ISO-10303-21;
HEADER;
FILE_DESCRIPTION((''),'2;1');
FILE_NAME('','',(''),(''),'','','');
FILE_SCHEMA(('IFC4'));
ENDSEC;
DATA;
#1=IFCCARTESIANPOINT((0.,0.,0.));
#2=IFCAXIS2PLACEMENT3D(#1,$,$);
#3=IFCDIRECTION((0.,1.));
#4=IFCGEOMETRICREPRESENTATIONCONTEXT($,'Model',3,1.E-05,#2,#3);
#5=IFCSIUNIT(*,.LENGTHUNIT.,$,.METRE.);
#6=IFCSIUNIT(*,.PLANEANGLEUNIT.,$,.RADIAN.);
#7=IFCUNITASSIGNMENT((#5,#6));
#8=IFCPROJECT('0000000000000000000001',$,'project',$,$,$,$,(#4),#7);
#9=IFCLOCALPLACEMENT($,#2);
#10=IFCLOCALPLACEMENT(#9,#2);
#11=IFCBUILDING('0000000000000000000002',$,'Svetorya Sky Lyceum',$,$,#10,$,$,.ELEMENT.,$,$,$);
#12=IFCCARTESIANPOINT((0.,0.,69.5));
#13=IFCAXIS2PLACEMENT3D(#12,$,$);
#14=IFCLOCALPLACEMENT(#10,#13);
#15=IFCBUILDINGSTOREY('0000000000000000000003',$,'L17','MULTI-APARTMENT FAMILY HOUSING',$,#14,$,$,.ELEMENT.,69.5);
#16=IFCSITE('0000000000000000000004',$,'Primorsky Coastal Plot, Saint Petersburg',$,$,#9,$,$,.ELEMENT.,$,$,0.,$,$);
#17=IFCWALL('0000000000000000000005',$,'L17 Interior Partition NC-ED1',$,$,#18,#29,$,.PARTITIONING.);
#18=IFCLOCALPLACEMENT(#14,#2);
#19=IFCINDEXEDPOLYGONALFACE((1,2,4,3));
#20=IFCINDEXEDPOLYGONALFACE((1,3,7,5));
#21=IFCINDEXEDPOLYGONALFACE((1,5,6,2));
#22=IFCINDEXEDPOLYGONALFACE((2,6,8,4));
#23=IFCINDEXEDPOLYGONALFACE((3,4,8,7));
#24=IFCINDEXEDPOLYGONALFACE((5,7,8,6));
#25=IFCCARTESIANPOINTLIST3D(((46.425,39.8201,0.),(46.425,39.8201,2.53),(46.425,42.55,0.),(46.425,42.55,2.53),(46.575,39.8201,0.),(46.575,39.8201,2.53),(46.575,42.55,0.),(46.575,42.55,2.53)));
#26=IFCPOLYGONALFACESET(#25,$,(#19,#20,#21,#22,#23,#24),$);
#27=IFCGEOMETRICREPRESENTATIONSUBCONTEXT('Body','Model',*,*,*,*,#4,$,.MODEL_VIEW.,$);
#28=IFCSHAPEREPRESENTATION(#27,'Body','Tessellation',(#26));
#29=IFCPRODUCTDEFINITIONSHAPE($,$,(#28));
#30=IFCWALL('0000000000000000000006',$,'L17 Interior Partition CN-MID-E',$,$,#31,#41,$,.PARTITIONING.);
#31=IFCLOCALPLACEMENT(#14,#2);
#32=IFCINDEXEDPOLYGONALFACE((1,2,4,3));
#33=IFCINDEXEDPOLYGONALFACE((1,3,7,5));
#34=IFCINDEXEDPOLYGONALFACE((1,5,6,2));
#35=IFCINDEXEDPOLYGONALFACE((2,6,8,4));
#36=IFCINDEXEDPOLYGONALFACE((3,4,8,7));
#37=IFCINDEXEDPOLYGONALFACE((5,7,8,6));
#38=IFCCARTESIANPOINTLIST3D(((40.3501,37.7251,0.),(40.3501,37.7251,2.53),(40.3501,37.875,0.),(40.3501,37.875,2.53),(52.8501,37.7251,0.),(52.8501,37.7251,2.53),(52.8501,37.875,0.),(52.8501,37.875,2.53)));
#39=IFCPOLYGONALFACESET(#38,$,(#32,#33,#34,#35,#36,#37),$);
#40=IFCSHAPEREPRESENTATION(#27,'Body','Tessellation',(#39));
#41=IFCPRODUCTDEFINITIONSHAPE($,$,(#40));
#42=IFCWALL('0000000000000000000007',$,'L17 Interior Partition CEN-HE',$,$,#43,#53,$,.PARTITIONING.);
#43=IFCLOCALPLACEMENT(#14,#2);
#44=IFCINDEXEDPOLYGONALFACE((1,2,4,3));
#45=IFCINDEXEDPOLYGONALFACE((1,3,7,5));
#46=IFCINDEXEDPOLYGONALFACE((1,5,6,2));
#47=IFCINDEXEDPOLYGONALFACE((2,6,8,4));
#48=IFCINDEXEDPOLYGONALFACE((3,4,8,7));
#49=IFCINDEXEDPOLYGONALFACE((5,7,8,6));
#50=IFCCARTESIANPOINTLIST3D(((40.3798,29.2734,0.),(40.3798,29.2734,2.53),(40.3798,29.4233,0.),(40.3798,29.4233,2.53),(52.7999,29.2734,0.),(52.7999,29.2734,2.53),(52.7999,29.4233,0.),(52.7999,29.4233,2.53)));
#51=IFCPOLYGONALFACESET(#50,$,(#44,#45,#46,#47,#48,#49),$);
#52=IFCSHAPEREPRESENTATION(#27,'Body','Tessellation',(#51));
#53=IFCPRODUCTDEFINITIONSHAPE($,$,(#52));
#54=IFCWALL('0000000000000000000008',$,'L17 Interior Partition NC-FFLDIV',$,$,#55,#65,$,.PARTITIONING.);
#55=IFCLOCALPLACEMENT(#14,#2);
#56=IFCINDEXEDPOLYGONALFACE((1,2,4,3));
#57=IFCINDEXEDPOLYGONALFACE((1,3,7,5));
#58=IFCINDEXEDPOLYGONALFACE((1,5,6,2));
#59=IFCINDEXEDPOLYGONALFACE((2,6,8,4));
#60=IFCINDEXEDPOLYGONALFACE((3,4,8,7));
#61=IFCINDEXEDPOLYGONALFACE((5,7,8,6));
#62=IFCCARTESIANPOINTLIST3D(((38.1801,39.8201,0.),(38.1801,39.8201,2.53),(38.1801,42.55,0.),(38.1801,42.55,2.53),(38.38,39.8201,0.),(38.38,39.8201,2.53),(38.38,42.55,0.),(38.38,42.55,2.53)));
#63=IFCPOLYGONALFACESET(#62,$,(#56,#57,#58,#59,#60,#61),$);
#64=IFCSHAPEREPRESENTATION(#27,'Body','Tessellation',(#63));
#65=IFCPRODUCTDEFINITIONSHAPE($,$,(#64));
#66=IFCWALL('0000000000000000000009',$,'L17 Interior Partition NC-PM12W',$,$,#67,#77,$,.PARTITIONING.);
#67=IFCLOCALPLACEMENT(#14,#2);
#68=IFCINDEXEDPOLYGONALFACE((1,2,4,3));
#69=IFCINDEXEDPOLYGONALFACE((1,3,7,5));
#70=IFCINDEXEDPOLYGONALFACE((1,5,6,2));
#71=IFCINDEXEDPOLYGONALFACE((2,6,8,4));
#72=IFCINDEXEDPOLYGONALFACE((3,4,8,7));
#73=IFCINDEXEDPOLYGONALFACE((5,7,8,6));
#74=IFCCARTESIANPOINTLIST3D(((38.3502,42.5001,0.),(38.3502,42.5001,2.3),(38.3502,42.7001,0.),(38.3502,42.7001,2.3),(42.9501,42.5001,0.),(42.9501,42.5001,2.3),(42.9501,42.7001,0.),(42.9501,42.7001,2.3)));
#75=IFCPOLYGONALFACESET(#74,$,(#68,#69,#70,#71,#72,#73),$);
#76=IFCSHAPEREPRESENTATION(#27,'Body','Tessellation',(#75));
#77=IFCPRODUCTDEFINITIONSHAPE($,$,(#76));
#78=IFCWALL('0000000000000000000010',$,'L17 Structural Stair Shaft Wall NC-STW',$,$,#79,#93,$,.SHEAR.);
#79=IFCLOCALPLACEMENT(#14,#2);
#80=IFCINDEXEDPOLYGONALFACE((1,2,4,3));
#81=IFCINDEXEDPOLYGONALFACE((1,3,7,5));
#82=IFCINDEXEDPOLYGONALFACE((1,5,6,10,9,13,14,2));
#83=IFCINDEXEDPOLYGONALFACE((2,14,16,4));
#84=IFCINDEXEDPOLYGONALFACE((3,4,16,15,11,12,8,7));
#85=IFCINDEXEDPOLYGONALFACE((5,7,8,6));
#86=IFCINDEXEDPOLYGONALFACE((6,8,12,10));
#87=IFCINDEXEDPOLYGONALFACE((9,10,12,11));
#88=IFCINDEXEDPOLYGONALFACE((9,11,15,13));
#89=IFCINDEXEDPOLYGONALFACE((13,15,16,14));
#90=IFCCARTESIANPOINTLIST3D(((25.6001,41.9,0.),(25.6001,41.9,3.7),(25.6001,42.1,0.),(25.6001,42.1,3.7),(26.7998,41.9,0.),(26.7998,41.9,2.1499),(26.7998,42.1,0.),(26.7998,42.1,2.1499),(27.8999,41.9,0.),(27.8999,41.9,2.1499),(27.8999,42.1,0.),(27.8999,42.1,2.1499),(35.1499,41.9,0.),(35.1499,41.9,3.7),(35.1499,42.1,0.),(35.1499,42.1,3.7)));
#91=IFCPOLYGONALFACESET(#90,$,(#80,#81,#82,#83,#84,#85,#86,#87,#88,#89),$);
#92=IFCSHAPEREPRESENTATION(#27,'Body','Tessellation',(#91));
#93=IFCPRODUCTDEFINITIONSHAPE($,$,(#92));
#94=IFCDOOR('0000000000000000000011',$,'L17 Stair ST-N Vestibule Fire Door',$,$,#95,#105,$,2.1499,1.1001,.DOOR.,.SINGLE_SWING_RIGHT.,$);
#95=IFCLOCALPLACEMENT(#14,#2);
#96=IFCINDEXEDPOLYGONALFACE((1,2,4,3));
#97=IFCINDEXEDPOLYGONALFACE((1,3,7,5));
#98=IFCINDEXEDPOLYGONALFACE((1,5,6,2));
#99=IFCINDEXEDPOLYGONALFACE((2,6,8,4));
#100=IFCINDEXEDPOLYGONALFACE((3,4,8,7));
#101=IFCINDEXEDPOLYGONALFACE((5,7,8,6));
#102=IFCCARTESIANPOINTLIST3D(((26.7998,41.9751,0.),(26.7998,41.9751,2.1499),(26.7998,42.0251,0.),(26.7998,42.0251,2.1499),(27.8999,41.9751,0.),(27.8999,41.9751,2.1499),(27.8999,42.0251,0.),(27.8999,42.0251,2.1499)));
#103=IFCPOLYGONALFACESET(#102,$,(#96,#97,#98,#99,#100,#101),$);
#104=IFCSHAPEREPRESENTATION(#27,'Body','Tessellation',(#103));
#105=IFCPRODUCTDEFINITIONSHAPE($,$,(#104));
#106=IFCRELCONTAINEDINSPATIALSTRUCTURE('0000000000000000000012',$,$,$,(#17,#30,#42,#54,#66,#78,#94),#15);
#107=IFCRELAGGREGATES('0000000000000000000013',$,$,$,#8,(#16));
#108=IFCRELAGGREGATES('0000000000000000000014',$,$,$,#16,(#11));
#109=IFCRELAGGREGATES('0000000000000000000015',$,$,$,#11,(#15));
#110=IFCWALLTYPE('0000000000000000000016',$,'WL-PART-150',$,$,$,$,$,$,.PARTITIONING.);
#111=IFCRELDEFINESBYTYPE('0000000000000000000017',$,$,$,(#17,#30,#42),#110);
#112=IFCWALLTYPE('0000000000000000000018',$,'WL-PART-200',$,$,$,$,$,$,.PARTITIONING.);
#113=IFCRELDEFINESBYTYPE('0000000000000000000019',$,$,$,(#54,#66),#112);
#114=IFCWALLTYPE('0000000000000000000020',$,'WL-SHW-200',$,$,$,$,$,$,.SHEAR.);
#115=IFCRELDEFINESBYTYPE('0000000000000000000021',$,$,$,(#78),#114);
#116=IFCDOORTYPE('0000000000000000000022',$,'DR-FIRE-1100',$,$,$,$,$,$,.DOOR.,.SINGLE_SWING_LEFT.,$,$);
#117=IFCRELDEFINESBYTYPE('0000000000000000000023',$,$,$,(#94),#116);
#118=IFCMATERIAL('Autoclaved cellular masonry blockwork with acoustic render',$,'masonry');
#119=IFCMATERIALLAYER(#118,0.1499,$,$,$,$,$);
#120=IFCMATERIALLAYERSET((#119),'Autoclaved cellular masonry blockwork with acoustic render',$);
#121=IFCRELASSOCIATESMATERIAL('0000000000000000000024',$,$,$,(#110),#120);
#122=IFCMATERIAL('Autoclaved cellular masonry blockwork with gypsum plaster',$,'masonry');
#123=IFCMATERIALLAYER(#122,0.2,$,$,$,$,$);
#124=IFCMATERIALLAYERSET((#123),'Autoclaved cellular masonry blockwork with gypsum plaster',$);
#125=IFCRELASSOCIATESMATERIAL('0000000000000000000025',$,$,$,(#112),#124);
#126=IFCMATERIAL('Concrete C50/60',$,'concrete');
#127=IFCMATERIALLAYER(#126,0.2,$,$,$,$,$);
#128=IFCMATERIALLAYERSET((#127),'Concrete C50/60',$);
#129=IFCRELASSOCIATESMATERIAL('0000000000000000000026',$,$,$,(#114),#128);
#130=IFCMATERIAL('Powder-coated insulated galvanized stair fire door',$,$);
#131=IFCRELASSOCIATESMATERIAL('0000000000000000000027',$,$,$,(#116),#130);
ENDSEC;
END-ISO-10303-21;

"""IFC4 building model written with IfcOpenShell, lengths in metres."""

from ifc_helpers import new_model, si_unit, direction, frame, frame_2d, origin, place, context, subcontext, project, spatial, rectangle, extrude, material, layer, layer_set, type_object, element, fill, save


model = new_model("IFC4")

# Units and contexts
model_context = context("Model", 3, precision=1e-05, world=origin(), true_north=direction((0.0, 1.0)))
body_context = subcontext(model_context, "Body", "Model", "MODEL_VIEW")
ifc_project = project(units=[si_unit("LENGTHUNIT", "METRE"), si_unit("PLANEANGLEUNIT", "RADIAN")], contexts=[model_context])

# Site, building, storey
site_placement = place(None, origin())
site = spatial("IfcSite", under=ifc_project, at=site_placement, Name="Primorsky Coastal Plot, Saint Petersburg", CompositionType="ELEMENT", RefElevation=0.0)
building_placement = place(site_placement, origin())
building = spatial("IfcBuilding", under=site, at=building_placement, Name="Svetorya Sky Lyceum", CompositionType="ELEMENT")
storey_placement = place(building_placement, frame((0.0, 0.0, 69.5)))
storey = spatial("IfcBuildingStorey", under=building, at=storey_placement, Name="L17", Description="MULTI-APARTMENT FAMILY HOUSING", CompositionType="ELEMENT", Elevation=69.5)

# Shared definitions
ifc_material_1 = material(Name="Concrete C50/60", Category="concrete")

# Walls
ifc_material_2 = material(Name="Autoclaved cellular masonry blockwork with acoustic render", Category="masonry")
ifc_layer_1 = layer(ifc_material_2, 0.1499)
ifc_layer_set_1 = layer_set([ifc_layer_1], Name="Autoclaved cellular masonry blockwork with acoustic render")
wall_type_1 = type_object("IfcWallType", Name="WL-PART-150", PredefinedType="PARTITIONING", material=ifc_layer_set_1)
wall_1_placement = place(storey_placement, frame((46.5, 39.8201, 0.0), z_axis=(0.0, 0.0, 1.0), x_axis=(0.0, 1.0, 0.0)))
element("IfcWall", 1, at=wall_1_placement, inside=storey, type_object=wall_type_1, Name="L17 Interior Partition NC-ED1", PredefinedType="PARTITIONING", context=body_context, shape_type="SweptSolid", body=[
    extrude(rectangle(XDim=2.73, YDim=0.1499, at=frame_2d((1.365, 0.0))), origin(), (0.0, 0.0, 1.0), 2.53),
])
wall_2_placement = place(storey_placement, frame((40.3501, 37.8, 0.0), z_axis=(0.0, 0.0, 1.0), x_axis=(1.0, 0.0, 0.0)))
element("IfcWall", 2, at=wall_2_placement, inside=storey, type_object=wall_type_1, Name="L17 Interior Partition CN-MID-E", PredefinedType="PARTITIONING", context=body_context, shape_type="SweptSolid", body=[
    extrude(rectangle(XDim=12.5, YDim=0.1499, at=frame_2d((6.25, 0.0))), origin(), (0.0, 0.0, 1.0), 2.53),
])
wall_3_placement = place(storey_placement, frame((40.3799, 29.3484, 0.0), z_axis=(0.0, 0.0, 1.0), x_axis=(1.0, 0.0, 0.0)))
element("IfcWall", 3, at=wall_3_placement, inside=storey, type_object=wall_type_1, Name="L17 Interior Partition CEN-HE", PredefinedType="PARTITIONING", context=body_context, shape_type="SweptSolid", body=[
    extrude(rectangle(XDim=12.4202, YDim=0.1499, at=frame_2d((6.21, 0.0))), origin(), (0.0, 0.0, 1.0), 2.53),
])

# Shared definitions
ifc_material_3 = material(Name="Autoclaved cellular masonry blockwork with gypsum plaster", Category="masonry")
ifc_layer_2 = layer(ifc_material_3, 0.2)
ifc_layer_set_2 = layer_set([ifc_layer_2], Name="Autoclaved cellular masonry blockwork with gypsum plaster")
wall_type_2 = type_object("IfcWallType", Name="WL-PART-200", PredefinedType="PARTITIONING", material=ifc_layer_set_2)

# Walls
wall_4_placement = place(storey_placement, frame((38.28, 39.8201, 0.0), z_axis=(0.0, 0.0, 1.0), x_axis=(0.0, 1.0, 0.0)))
element("IfcWall", 4, at=wall_4_placement, inside=storey, type_object=wall_type_2, Name="L17 Interior Partition NC-FFLDIV", PredefinedType="PARTITIONING", context=body_context, shape_type="SweptSolid", body=[
    extrude(rectangle(XDim=2.73, YDim=0.2, at=frame_2d((1.365, 0.0))), origin(), (0.0, 0.0, 1.0), 2.53),
])
wall_5_placement = place(storey_placement, frame((42.95, 42.6001, 0.0), z_axis=(0.0, 0.0, 1.0), x_axis=(-1.0, 0.0, 0.0)))
element("IfcWall", 5, at=wall_5_placement, inside=storey, type_object=wall_type_2, Name="L17 Interior Partition NC-PM12W", PredefinedType="PARTITIONING", context=body_context, shape_type="SweptSolid", body=[
    extrude(rectangle(XDim=4.5999, YDim=0.2, at=frame_2d((2.2998, 0.0))), origin(), (0.0, 0.0, 1.0), 2.3),
])

# Wall, opening, door
ifc_layer_3 = layer(ifc_material_1, 0.2)
ifc_layer_set_3 = layer_set([ifc_layer_3], Name="Concrete C50/60")
wall_type_3 = type_object("IfcWallType", Name="WL-SHW-200", PredefinedType="SHEAR", material=ifc_layer_set_3)
wall_6_placement = place(storey_placement, frame((35.1499, 42.0, 0.0), z_axis=(0.0, 0.0, 1.0), x_axis=(-1.0, 0.0, 0.0)))
wall_6 = element("IfcWall", 6, at=wall_6_placement, inside=storey, type_object=wall_type_3, Name="L17 Structural Stair Shaft Wall NC-STW", PredefinedType="SHEAR", context=body_context, shape_type="SweptSolid", body=[
    extrude(rectangle(XDim=9.5498, YDim=0.2, at=frame_2d((4.7749, 0.0))), origin(), (0.0, 0.0, 1.0), 3.7),
])
opening_1_placement = place(wall_6_placement, frame((7.25, 0.0, 0.0)))
opening_1 = element("IfcOpeningElement", 7, at=opening_1_placement, cuts=wall_6, PredefinedType="OPENING", context=body_context, shape_type="SweptSolid", body=[
    extrude(rectangle(XDim=1.1001, YDim=2.1499, at=frame_2d((0.55, 1.075))), frame((0.0, 0.1099, 0.0), z_axis=(0.0, -1.0, 0.0), x_axis=(1.0, 0.0, 0.0)), (0.0, 0.0, 1.0), 0.22),
])
ifc_material_4 = material(Name="Powder-coated insulated galvanized stair fire door")
door_type_1 = type_object("IfcDoorType", Name="DR-FIRE-1100", OperationType="SINGLE_SWING_LEFT", PredefinedType="DOOR", material=ifc_material_4)
door_1_placement = place(opening_1_placement, origin())
door_1 = element("IfcDoor", 8, at=door_1_placement, inside=storey, type_object=door_type_1, Name="L17 Stair ST-N Vestibule Fire Door", OperationType="SINGLE_SWING_RIGHT", OverallHeight=2.1499, OverallWidth=1.1001, PredefinedType="DOOR", context=body_context, shape_type="SweptSolid", body=[
    extrude(rectangle(XDim=1.1001, YDim=2.1499, at=frame_2d((0.55, 1.075))), frame((0.0, 0.0249, 0.0), z_axis=(0.0, -1.0, 0.0), x_axis=(1.0, 0.0, 0.0)), (0.0, 0.0, 1.0), 0.05),
])
fill(opening_1, door_1)

save(model, "model.ifc")
